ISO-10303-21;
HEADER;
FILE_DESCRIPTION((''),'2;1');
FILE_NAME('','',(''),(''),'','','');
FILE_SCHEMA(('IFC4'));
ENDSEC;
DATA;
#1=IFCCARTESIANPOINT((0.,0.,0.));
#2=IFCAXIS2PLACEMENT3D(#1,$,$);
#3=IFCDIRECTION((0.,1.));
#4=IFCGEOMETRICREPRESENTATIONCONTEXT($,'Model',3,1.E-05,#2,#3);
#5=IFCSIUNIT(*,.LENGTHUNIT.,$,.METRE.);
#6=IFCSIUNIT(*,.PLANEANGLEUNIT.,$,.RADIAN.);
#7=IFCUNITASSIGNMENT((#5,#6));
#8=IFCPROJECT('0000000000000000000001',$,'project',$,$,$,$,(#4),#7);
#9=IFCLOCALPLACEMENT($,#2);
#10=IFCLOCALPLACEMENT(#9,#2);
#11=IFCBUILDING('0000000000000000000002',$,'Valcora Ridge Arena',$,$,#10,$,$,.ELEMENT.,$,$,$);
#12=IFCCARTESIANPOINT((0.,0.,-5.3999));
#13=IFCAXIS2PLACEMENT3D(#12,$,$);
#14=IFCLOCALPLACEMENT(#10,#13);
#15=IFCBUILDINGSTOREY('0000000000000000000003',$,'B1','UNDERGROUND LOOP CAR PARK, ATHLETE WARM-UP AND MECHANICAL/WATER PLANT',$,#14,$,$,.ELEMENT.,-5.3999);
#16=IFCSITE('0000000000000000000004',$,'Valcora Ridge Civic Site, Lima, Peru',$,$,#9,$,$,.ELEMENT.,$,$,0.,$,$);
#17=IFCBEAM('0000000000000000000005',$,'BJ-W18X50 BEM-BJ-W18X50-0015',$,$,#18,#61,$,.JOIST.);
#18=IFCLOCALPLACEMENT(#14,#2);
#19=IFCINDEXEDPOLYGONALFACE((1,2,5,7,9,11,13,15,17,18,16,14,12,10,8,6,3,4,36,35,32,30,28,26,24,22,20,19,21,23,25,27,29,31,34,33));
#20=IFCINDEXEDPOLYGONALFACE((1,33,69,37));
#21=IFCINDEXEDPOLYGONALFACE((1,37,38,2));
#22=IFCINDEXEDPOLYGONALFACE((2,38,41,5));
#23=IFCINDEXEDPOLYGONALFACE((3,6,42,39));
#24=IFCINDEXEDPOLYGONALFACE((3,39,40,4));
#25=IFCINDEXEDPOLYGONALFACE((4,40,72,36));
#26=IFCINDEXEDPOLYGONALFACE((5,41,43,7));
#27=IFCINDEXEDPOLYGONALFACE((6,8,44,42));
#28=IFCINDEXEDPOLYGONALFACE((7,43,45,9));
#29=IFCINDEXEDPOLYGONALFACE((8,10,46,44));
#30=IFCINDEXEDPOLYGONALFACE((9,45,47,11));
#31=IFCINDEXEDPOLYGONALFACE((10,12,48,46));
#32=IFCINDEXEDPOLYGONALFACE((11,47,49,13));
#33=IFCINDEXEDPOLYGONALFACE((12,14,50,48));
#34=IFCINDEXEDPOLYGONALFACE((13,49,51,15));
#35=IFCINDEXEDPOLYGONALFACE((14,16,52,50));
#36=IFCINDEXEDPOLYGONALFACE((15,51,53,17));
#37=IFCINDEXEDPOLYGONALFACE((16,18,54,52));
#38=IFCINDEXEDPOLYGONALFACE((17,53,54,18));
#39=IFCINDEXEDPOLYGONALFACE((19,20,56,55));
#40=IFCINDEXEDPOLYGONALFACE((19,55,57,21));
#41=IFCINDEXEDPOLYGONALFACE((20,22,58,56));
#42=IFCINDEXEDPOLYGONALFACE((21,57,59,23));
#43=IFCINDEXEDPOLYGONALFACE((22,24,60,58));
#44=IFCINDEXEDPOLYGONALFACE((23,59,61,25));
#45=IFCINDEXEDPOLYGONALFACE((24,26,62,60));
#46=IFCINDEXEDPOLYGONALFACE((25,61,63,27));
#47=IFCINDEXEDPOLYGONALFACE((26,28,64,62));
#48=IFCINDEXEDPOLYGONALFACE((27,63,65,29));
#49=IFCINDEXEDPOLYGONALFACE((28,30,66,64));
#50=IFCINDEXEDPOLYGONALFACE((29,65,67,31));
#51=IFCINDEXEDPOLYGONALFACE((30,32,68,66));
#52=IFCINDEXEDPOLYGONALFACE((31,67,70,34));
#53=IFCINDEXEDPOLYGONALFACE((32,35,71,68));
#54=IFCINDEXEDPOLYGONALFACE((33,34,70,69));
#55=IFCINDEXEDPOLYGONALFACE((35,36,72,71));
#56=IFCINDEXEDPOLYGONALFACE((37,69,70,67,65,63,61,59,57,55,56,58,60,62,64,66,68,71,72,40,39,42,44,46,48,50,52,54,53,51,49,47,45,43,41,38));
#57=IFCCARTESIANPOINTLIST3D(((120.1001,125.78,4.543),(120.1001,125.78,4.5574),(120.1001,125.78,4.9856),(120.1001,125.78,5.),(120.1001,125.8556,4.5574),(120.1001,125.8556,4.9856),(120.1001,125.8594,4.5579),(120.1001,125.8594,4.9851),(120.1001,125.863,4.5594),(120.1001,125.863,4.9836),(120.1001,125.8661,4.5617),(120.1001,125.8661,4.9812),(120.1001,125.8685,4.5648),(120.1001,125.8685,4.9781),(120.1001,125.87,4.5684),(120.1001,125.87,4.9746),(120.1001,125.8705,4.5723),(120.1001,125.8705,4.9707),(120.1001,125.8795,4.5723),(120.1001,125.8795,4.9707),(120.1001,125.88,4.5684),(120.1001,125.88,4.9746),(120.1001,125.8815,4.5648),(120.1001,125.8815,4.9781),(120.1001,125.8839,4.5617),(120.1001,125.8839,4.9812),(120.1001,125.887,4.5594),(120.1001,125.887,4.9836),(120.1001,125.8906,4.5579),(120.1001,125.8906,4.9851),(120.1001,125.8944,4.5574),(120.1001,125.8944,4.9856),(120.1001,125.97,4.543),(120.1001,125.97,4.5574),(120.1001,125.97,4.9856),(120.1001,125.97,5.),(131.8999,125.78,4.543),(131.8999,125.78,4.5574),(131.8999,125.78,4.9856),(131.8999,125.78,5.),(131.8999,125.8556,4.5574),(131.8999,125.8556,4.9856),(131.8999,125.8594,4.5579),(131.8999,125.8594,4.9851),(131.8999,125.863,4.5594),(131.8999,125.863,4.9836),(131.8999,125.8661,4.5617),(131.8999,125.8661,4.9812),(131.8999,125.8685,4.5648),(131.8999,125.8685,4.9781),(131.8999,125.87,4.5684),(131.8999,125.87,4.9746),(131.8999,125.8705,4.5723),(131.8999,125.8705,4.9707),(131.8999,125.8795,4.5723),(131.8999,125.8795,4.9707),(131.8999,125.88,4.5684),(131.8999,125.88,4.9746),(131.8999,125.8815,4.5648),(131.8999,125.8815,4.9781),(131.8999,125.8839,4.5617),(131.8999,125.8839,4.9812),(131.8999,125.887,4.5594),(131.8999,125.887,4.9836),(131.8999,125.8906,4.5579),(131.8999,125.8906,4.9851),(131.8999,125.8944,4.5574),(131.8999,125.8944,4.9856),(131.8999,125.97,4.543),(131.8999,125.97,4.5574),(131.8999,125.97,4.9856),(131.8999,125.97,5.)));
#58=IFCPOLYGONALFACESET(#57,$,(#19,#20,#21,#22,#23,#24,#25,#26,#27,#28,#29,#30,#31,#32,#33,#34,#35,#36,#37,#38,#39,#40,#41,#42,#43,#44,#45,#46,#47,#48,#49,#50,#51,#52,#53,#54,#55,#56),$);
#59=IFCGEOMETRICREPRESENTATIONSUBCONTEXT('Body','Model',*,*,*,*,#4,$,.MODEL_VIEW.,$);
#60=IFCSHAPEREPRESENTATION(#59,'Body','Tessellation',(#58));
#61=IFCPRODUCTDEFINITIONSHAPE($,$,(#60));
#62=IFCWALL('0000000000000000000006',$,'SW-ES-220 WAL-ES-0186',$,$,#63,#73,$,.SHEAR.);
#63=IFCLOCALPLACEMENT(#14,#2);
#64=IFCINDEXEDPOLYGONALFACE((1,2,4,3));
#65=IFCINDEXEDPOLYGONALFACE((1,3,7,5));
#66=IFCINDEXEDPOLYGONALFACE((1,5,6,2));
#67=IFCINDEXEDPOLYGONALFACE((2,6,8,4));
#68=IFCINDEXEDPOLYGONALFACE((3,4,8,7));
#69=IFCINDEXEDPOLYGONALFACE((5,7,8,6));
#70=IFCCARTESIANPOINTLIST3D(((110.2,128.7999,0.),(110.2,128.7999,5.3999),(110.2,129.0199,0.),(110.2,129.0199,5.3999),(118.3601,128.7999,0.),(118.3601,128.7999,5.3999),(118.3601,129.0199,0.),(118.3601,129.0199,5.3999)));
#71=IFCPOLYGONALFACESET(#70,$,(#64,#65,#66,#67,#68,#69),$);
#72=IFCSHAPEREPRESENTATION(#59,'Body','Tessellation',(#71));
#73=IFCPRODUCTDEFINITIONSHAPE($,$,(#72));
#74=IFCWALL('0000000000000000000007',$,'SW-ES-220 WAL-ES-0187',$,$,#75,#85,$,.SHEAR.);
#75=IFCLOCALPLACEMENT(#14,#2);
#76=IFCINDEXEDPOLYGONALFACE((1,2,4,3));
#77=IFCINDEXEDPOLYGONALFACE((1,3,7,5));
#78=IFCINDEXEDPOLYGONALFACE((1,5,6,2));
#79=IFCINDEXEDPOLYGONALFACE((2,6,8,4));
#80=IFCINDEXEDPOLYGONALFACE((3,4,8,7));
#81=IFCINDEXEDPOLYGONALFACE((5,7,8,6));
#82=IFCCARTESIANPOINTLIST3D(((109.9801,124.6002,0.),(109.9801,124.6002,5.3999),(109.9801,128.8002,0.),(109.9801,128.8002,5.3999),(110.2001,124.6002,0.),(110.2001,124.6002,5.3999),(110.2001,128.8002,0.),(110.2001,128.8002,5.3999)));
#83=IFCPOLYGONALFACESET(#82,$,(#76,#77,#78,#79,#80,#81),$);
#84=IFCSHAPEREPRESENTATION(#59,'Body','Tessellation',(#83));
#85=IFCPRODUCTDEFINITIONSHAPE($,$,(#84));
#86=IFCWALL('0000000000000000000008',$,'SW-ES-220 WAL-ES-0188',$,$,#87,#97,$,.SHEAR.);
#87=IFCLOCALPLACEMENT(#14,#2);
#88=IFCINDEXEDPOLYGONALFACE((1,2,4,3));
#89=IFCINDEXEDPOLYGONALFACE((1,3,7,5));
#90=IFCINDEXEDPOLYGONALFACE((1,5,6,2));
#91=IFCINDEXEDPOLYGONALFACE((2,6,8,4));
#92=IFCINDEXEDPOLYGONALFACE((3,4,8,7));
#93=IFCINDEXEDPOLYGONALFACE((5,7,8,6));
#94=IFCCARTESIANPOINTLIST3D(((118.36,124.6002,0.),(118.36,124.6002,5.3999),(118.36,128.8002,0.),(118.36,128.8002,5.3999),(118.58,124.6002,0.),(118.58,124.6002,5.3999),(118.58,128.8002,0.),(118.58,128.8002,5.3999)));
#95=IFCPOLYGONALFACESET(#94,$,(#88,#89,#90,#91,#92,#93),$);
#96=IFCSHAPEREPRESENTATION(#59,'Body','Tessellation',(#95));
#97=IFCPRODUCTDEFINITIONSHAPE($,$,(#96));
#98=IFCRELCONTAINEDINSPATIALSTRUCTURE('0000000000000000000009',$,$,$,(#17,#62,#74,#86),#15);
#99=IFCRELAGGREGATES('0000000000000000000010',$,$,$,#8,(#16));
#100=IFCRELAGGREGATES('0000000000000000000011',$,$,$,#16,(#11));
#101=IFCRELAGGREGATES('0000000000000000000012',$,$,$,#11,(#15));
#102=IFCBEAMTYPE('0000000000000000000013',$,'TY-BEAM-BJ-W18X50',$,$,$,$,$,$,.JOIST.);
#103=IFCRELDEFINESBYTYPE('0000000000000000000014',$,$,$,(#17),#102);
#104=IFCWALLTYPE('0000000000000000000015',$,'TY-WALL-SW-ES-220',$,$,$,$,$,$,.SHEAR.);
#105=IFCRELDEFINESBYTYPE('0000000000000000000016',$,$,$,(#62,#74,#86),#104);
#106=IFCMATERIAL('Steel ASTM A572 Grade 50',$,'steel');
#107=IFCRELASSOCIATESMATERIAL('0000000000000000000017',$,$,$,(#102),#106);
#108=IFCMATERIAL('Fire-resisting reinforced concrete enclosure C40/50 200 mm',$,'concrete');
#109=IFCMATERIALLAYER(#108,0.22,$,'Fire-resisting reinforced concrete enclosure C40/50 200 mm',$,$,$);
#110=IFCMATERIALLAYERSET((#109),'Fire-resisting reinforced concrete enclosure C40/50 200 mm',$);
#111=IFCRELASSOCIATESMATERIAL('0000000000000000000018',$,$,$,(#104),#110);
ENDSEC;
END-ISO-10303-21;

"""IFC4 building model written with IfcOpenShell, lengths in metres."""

from ifc_helpers import new_model, si_unit, direction, frame, frame_2d, origin, origin_2d, place, context, subcontext, project, spatial, rectangle, i_section, extrude, material, layer, layer_set, material_profile, profile_set, type_object, element, save


model = new_model("IFC4")

# Units and contexts
model_context = context("Model", 3, precision=1e-05, world=origin(), true_north=direction((0.0, 1.0)))
body_context = subcontext(model_context, "Body", "Model", "MODEL_VIEW")
ifc_project = project(units=[si_unit("LENGTHUNIT", "METRE"), si_unit("PLANEANGLEUNIT", "RADIAN")], contexts=[model_context])

# Site, building, storey
site_placement = place(None, origin())
site = spatial("IfcSite", under=ifc_project, at=site_placement, Name="Valcora Ridge Civic Site, Lima, Peru", CompositionType="ELEMENT", RefElevation=0.0)
building_placement = place(site_placement, origin())
building = spatial("IfcBuilding", under=site, at=building_placement, Name="Valcora Ridge Arena", CompositionType="ELEMENT")
storey_placement = place(building_placement, frame((0.0, 0.0, -5.3999)))
storey = spatial("IfcBuildingStorey", under=building, at=storey_placement, Name="B1", Description="UNDERGROUND LOOP CAR PARK, ATHLETE WARM-UP AND MECHANICAL/WATER PLANT", CompositionType="ELEMENT", Elevation=-5.3999)

# Beam
ifc_material_1 = material(Name="Steel ASTM A572 Grade 50", Category="steel")
ifc_material_profile_1 = material_profile(ifc_material_1, i_section(OverallWidth=0.1899, OverallDepth=0.457, WebThickness=0.009, FlangeThickness=0.0144, FilletRadius=0.0149, at=origin_2d()), Name="W18X50")
ifc_profile_set_1 = profile_set([ifc_material_profile_1], Name="Steel ASTM A572 Grade 50")
beam_type = type_object("IfcBeamType", Name="TY-BEAM-BJ-W18X50", PredefinedType="JOIST", material=ifc_profile_set_1)
beam_placement = place(storey_placement, frame((120.1001, 125.875, 4.7715), z_axis=(1.0, 0.0, 0.0), x_axis=(0.0, 1.0, 0.0)))
element("IfcBeam", 1, at=beam_placement, inside=storey, type_object=beam_type, Name="BJ-W18X50 BEM-BJ-W18X50-0015", PredefinedType="JOIST", context=body_context, shape_type="SweptSolid", body=[
    extrude(i_section(OverallWidth=0.1899, OverallDepth=0.457, WebThickness=0.009, FlangeThickness=0.0144, FilletRadius=0.0149, at=origin_2d()), origin(), (0.0, 0.0, 1.0), 11.7998),
])

# Walls
ifc_material_2 = material(Name="Fire-resisting reinforced concrete enclosure C40/50 200 mm", Category="concrete")
ifc_layer_1 = layer(ifc_material_2, 0.22, Name="Fire-resisting reinforced concrete enclosure C40/50 200 mm")
ifc_layer_set_1 = layer_set([ifc_layer_1], Name="Fire-resisting reinforced concrete enclosure C40/50 200 mm")
wall_type = type_object("IfcWallType", Name="TY-WALL-SW-ES-220", PredefinedType="SHEAR", material=ifc_layer_set_1)
wall_placement = place(storey_placement, frame((110.2, 128.9099, 0.0), z_axis=(0.0, 0.0, 1.0), x_axis=(1.0, 0.0, 0.0)))
element("IfcWall", 2, at=wall_placement, inside=storey, type_object=wall_type, Name="SW-ES-220 WAL-ES-0186", PredefinedType="SHEAR", context=body_context, shape_type="SweptSolid", body=[
    extrude(rectangle(XDim=8.1602, YDim=0.22, at=frame_2d((4.0801, 0.0))), origin(), (0.0, 0.0, 1.0), 5.3999),
])
for number, where, z_axis, x_axis, name in (
    (3, (110.0901, 124.6001, 0.0), (0.0, 0.0, 1.0), (0.0, 1.0, 0.0), "SW-ES-220 WAL-ES-0187"),
    (4, (118.47, 124.6001, 0.0), (0.0, 0.0, 1.0), (0.0, 1.0, 0.0), "SW-ES-220 WAL-ES-0188"),
):
    element("IfcWall", number, at=place(storey_placement, frame(where, z_axis=z_axis, x_axis=x_axis)), inside=storey, type_object=wall_type, Name=name, PredefinedType="SHEAR", context=body_context, shape_type="SweptSolid", body=[
        extrude(rectangle(XDim=4.2, YDim=0.22, at=frame_2d((2.1001, 0.0))), origin(), (0.0, 0.0, 1.0), 5.3999),
    ])

save(model, "model.ifc")
